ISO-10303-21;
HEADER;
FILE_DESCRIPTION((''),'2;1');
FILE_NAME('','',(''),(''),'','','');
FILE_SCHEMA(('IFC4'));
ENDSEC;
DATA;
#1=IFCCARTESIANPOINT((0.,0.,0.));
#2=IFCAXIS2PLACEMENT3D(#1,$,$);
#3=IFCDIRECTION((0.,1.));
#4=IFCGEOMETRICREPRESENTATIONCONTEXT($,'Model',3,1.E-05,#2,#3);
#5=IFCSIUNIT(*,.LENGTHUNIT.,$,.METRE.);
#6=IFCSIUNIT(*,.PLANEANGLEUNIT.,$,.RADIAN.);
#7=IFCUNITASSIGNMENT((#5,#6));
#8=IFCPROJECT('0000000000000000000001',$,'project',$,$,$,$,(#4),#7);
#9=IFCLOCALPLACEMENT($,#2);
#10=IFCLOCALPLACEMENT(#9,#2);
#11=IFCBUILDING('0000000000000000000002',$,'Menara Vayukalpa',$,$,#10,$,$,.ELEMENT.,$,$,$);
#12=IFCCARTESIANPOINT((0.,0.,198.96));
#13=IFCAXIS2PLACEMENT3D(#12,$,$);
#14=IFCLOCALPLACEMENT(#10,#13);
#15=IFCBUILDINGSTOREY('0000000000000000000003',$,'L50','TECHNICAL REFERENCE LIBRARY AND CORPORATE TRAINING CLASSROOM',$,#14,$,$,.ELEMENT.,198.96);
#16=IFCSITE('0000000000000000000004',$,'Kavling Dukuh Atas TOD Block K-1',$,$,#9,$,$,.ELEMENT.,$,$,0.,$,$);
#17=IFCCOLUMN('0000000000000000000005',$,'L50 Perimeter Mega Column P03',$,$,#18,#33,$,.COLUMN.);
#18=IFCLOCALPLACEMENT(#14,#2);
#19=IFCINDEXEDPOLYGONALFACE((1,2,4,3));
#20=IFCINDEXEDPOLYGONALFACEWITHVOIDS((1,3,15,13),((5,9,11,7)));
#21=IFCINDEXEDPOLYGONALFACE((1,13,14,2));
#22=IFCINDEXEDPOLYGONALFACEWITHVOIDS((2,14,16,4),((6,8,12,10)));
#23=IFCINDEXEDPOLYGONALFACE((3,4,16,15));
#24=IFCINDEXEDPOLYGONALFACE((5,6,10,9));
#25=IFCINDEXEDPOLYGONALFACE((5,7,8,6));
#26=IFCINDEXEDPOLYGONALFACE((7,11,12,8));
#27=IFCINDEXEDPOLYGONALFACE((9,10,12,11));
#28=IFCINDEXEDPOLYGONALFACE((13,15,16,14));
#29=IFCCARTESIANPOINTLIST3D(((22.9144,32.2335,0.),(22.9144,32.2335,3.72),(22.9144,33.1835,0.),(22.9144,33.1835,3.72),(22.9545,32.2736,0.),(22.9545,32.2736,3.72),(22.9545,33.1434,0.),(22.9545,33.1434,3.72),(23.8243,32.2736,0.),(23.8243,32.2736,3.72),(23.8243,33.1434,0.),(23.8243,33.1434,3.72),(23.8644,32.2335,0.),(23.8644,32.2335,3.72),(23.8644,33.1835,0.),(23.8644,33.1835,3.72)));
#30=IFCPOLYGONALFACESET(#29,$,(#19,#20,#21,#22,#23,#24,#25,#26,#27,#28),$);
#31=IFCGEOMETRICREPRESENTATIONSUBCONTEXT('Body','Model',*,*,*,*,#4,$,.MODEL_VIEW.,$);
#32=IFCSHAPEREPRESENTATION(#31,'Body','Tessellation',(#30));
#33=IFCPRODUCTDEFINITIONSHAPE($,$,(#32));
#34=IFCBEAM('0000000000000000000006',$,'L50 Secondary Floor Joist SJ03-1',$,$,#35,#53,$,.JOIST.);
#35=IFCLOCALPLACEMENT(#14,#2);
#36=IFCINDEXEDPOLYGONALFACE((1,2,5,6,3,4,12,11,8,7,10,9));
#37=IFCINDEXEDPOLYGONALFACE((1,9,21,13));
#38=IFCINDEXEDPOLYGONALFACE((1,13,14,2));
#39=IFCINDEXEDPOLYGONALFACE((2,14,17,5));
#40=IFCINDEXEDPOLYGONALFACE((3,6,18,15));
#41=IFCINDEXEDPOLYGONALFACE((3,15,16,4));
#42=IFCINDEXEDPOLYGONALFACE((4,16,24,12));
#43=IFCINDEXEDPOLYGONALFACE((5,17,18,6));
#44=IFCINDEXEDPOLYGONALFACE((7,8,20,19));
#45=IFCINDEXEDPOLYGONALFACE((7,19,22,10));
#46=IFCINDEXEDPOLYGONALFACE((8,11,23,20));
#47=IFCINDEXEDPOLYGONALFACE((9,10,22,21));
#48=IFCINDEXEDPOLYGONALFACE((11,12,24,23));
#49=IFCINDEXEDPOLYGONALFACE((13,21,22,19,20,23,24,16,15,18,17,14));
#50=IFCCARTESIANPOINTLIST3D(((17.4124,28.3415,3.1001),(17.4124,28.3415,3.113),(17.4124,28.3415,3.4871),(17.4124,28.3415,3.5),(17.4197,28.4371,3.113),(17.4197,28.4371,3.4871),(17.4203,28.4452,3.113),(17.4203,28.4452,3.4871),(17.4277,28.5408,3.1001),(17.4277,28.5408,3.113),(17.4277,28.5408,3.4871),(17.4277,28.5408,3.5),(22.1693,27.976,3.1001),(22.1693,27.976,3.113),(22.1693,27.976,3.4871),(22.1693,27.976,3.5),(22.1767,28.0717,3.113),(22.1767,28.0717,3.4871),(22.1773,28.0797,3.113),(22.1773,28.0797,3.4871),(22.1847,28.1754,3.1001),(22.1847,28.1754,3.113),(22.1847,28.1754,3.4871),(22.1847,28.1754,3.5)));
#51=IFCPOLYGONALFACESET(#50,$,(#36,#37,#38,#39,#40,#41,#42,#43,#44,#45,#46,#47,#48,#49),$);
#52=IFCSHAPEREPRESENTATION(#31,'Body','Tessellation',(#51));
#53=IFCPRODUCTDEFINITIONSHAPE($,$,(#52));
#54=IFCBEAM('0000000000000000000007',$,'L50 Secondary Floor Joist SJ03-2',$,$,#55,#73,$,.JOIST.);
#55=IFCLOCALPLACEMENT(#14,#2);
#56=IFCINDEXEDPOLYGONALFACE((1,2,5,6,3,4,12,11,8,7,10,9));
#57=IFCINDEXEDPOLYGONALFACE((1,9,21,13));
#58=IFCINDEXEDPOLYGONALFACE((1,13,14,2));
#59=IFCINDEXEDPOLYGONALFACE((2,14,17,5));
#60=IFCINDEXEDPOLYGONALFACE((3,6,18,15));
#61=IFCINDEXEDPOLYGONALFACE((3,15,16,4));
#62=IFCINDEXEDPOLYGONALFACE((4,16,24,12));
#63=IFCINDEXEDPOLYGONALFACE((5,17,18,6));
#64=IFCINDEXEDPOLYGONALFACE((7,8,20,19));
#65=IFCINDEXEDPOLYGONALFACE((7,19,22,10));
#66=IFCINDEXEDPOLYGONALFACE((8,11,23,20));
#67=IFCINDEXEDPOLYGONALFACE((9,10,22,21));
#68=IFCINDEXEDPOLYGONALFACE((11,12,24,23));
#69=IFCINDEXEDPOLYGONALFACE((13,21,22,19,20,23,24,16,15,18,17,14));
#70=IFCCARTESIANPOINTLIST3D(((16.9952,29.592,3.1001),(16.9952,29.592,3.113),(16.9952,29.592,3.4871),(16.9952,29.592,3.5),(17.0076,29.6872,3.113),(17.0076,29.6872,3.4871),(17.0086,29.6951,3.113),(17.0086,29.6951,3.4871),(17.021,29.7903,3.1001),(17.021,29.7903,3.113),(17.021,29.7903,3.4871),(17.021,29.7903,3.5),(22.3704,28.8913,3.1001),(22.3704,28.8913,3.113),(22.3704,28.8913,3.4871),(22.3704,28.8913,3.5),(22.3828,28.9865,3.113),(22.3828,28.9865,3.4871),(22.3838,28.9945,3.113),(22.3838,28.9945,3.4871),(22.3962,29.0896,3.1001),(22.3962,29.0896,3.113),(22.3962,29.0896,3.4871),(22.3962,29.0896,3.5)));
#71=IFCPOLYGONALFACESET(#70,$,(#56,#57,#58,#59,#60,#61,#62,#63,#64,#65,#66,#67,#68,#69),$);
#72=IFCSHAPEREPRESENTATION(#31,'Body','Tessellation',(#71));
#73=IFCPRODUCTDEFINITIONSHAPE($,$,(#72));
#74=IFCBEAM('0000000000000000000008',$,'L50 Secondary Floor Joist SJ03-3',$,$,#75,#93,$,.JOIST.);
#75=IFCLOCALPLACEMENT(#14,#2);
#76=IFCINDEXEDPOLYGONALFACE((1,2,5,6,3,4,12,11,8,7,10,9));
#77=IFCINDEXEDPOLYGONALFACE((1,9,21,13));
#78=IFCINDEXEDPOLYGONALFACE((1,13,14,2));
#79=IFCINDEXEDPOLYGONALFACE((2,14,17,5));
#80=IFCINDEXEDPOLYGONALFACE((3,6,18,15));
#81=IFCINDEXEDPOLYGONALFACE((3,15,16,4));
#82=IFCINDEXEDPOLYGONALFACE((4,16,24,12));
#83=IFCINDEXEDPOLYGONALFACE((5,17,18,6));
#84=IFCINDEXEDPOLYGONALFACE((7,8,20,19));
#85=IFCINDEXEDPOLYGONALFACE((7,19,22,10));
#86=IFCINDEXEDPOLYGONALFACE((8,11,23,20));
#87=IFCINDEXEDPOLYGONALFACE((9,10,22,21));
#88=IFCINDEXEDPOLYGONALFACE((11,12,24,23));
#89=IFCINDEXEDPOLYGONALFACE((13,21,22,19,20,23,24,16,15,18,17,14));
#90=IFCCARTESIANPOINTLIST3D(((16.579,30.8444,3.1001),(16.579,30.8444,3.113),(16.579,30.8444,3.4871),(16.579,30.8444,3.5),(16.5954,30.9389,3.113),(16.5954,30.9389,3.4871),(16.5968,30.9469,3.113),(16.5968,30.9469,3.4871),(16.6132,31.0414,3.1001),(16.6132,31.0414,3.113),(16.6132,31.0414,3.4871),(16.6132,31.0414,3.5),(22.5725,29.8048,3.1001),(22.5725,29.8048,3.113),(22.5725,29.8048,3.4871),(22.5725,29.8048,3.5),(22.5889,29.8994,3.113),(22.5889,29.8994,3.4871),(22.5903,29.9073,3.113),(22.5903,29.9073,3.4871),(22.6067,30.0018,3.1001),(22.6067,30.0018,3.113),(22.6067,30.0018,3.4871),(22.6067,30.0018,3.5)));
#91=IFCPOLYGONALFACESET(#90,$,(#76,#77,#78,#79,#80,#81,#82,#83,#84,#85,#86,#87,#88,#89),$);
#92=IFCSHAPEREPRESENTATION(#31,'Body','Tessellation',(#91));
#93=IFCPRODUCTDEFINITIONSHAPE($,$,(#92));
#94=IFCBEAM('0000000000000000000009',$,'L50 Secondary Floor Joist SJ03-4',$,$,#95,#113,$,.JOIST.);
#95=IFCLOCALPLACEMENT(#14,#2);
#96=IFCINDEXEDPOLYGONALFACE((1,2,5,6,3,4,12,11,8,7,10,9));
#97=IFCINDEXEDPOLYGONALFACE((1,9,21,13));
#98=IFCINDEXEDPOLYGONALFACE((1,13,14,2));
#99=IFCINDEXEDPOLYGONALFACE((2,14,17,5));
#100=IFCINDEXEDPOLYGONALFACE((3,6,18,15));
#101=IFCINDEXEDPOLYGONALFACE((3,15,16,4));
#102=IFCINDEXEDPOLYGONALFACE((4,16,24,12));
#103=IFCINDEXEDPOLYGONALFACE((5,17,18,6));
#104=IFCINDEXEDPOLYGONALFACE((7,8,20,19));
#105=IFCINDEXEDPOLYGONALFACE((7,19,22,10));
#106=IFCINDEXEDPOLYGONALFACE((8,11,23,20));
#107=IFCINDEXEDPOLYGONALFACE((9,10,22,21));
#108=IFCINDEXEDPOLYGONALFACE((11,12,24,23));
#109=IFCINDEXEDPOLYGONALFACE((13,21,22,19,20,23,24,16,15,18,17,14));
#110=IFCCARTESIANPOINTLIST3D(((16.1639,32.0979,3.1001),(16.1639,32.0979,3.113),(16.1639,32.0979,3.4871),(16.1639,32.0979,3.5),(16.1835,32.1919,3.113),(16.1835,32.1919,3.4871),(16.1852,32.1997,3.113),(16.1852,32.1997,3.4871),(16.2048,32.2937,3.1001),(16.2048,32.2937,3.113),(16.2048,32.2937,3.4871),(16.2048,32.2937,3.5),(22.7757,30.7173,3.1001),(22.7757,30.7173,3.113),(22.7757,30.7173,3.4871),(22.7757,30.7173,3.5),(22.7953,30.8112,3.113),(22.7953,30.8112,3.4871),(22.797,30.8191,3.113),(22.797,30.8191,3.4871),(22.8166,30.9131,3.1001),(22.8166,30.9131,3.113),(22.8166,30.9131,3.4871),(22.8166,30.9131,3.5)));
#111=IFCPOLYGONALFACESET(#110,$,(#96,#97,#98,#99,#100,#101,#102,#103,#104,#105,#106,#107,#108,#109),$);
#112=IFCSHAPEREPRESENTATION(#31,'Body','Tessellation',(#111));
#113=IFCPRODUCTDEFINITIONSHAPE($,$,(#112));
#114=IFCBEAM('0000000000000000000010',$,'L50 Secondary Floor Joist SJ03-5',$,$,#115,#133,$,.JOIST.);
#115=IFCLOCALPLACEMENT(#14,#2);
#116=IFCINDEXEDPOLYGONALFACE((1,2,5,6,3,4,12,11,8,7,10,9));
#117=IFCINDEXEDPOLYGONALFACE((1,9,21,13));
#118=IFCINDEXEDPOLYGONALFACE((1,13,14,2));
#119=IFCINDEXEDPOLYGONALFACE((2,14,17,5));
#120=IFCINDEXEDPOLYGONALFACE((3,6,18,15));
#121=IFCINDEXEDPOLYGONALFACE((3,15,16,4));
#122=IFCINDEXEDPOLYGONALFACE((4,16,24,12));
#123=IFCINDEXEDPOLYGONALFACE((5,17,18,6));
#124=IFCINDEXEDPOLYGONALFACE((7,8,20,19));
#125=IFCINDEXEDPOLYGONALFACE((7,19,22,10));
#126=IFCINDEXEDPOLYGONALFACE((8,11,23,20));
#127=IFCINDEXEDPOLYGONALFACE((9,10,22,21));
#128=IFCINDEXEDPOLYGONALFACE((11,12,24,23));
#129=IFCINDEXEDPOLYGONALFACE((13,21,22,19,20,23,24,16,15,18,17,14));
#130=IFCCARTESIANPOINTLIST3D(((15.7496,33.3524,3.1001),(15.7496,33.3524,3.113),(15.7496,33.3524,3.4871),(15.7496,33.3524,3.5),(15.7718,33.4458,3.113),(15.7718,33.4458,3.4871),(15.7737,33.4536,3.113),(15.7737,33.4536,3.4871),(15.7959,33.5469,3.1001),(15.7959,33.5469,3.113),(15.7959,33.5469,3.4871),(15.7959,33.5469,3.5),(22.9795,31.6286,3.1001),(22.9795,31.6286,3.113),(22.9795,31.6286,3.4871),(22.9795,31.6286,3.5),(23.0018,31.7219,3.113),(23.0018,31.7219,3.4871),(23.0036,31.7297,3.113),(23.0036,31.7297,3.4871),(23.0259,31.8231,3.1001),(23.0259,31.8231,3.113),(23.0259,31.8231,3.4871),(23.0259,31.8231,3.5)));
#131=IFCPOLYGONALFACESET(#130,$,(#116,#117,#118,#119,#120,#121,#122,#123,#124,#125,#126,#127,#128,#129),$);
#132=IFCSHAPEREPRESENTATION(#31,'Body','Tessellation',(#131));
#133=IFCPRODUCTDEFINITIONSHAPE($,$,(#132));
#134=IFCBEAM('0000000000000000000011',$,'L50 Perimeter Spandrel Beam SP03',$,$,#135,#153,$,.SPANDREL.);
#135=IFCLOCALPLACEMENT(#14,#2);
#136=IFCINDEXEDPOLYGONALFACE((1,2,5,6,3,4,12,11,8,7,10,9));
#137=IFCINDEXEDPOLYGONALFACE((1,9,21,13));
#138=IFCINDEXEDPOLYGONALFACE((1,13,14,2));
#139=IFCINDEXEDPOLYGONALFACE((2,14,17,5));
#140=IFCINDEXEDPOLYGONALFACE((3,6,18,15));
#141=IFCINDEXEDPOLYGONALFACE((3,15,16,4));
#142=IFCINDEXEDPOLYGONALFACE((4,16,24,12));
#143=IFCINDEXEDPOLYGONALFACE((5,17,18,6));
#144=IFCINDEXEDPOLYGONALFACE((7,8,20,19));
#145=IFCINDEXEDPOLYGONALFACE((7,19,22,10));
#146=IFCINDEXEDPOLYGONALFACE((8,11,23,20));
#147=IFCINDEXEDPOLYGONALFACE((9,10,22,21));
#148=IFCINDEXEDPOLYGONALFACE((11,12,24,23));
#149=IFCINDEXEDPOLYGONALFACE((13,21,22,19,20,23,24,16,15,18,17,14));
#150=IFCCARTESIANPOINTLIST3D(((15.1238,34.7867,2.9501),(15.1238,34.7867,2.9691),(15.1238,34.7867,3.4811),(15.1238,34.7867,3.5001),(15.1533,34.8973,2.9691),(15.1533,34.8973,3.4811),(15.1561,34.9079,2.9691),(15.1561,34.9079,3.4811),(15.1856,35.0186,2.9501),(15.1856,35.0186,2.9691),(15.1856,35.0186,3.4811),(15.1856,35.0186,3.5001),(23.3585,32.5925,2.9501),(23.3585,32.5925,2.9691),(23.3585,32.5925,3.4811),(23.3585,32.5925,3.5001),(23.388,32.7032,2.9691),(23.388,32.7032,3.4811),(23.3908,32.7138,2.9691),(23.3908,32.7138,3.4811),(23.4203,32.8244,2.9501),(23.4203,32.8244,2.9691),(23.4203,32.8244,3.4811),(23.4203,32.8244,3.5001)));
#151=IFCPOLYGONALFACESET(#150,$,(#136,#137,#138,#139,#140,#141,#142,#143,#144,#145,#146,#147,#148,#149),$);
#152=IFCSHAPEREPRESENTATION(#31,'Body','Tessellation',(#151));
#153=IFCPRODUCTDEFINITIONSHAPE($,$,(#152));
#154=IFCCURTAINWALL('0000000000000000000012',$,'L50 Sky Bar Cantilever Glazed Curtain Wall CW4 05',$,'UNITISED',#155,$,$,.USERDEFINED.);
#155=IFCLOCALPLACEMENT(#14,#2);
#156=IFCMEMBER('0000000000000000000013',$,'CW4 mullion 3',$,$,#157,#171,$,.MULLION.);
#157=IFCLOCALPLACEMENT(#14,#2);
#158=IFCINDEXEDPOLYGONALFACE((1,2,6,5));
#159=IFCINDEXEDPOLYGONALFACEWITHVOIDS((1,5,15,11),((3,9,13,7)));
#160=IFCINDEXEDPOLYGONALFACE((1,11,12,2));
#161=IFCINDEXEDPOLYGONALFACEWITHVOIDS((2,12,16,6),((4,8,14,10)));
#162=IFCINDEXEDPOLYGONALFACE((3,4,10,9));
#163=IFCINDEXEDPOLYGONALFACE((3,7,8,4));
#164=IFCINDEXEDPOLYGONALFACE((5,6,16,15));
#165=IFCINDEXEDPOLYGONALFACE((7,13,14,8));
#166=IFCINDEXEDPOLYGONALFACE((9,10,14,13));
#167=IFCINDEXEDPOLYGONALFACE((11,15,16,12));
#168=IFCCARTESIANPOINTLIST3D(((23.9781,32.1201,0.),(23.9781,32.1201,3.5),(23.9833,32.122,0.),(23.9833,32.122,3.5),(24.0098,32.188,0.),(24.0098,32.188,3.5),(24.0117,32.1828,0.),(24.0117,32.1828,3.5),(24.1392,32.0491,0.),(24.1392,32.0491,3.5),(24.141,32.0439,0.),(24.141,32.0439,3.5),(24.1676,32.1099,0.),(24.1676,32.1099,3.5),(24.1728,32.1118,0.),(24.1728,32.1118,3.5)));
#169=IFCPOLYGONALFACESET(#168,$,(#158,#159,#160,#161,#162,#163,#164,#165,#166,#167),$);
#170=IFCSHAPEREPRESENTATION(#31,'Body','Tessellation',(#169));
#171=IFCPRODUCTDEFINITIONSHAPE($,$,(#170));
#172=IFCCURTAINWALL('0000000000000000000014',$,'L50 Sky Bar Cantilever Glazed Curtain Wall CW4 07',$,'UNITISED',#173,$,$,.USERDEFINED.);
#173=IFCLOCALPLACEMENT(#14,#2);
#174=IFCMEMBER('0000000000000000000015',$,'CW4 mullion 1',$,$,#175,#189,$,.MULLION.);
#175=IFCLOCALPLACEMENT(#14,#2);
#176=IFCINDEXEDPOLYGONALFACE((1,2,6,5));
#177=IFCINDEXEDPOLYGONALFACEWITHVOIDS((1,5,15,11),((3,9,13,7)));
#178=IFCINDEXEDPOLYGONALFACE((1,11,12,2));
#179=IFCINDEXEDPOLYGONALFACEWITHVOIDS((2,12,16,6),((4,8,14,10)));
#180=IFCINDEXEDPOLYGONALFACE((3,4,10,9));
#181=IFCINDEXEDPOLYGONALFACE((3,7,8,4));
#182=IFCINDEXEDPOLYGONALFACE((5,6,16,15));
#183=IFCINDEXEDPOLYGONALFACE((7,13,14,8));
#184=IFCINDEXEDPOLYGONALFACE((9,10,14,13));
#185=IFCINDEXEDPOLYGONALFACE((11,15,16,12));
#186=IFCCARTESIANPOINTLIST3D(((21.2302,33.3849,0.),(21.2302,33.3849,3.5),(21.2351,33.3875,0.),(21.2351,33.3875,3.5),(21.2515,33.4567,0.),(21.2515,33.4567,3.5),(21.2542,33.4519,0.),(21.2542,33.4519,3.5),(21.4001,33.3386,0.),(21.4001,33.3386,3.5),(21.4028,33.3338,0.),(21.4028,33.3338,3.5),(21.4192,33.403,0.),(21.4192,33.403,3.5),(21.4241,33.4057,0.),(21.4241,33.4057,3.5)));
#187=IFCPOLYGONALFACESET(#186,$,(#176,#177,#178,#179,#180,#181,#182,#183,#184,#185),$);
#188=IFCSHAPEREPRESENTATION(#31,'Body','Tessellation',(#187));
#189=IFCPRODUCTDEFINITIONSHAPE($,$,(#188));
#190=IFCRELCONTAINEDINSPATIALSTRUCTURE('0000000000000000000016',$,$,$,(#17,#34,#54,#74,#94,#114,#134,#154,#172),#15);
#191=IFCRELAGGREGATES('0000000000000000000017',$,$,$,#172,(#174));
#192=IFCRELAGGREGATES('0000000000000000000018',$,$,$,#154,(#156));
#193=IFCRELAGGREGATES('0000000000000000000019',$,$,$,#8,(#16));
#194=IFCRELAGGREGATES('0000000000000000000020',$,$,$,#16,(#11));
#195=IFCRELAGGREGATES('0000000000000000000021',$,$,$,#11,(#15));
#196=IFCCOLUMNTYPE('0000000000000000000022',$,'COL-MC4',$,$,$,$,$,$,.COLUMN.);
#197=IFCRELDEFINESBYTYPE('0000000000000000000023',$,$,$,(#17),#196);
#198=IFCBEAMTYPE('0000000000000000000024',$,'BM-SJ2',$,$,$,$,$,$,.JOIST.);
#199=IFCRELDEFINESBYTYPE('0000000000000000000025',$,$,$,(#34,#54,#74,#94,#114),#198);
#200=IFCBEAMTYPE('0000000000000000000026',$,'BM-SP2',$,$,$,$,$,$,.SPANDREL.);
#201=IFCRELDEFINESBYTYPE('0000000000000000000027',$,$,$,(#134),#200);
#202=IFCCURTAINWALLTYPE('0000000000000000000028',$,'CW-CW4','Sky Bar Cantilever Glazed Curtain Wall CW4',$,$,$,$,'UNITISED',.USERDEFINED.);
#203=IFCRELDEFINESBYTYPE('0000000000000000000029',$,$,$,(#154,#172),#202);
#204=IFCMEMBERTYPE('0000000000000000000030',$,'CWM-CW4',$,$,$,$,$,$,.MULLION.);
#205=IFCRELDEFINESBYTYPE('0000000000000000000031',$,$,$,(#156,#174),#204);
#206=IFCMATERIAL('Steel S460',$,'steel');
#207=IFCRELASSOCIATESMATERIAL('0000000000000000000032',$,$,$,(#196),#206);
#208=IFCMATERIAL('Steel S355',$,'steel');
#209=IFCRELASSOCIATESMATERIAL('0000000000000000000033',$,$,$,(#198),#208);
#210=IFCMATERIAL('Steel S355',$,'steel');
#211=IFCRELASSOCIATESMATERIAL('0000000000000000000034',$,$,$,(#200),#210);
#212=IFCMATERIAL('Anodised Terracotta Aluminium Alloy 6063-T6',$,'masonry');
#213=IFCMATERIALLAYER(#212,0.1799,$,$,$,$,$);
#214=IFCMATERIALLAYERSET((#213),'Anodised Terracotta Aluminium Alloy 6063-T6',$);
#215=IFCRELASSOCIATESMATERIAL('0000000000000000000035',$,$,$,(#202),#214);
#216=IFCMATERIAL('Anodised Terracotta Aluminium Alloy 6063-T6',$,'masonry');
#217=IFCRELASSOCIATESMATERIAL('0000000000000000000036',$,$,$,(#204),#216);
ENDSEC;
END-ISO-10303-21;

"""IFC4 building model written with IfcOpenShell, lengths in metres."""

from ifc_helpers import new_model, si_unit, direction, frame, origin, origin_2d, place, context, subcontext, project, spatial, hollow_rectangle, i_section, extrude, material, layer, layer_set, material_profile, profile_set, type_object, element, aggregate, save


model = new_model("IFC4")

# Units and contexts
model_context = context("Model", 3, precision=1e-05, world=origin(), true_north=direction((0.0, 1.0)))
body_context = subcontext(model_context, "Body", "Model", "MODEL_VIEW")
ifc_project = project(units=[si_unit("LENGTHUNIT", "METRE"), si_unit("PLANEANGLEUNIT", "RADIAN")], contexts=[model_context])

# Site, building, storey
site_placement = place(None, origin())
site = spatial("IfcSite", under=ifc_project, at=site_placement, Name="Kavling Dukuh Atas TOD Block K-1", CompositionType="ELEMENT", RefElevation=0.0)
building_placement = place(site_placement, origin())
building = spatial("IfcBuilding", under=site, at=building_placement, Name="Menara Vayukalpa", CompositionType="ELEMENT")
storey_placement = place(building_placement, frame((0.0, 0.0, 198.96)))
storey = spatial("IfcBuildingStorey", under=building, at=storey_placement, Name="L50", Description="TECHNICAL REFERENCE LIBRARY AND CORPORATE TRAINING CLASSROOM", CompositionType="ELEMENT", Elevation=198.96)

# Column
ifc_material_1 = material(Name="Steel S460", Category="steel")
ifc_material_profile_1 = material_profile(ifc_material_1, hollow_rectangle(XDim=0.95, YDim=0.95, WallThickness=0.04, at=origin_2d()), Name="BOX 950x950x40")
ifc_profile_set_1 = profile_set([ifc_material_profile_1], Name="Steel S460")
column_type = type_object("IfcColumnType", Name="COL-MC4", PredefinedType="COLUMN", material=ifc_profile_set_1)
column_placement = place(storey_placement, frame((23.3894, 32.7085, 0.0), z_axis=(0.0, 0.0, 1.0), x_axis=(1.0, 0.0, 0.0)))
element("IfcColumn", 1, at=column_placement, inside=storey, type_object=column_type, Name="L50 Perimeter Mega Column P03", PredefinedType="COLUMN", context=body_context, shape_type="SweptSolid", body=[
    extrude(hollow_rectangle(XDim=0.95, YDim=0.95, WallThickness=0.04, at=origin_2d()), origin(), (0.0, 0.0, 1.0), 3.72),
])

# Beams
ifc_material_2 = material(Name="Steel S355", Category="steel")
ifc_material_profile_2 = material_profile(ifc_material_2, i_section(OverallWidth=0.2, OverallDepth=0.3999, WebThickness=0.0081, FlangeThickness=0.0129, at=origin_2d()), Name="WF 400x200x8x13")
ifc_profile_set_2 = profile_set([ifc_material_profile_2], Name="Steel S355")
beam_type_1 = type_object("IfcBeamType", Name="BM-SJ2", PredefinedType="JOIST", material=ifc_profile_set_2)
beam_1_placement = place(storey_placement, frame((22.177, 28.0757, 3.3), z_axis=(-0.997062, 0.076603, 0.0), x_axis=(-0.076603, -0.997062, 0.0)))
element("IfcBeam", 2, at=beam_1_placement, inside=storey, type_object=beam_type_1, Name="L50 Secondary Floor Joist SJ03-1", PredefinedType="JOIST", context=body_context, shape_type="SweptSolid", body=[
    extrude(i_section(OverallWidth=0.2, OverallDepth=0.3999, WebThickness=0.0081, FlangeThickness=0.0129, at=origin_2d()), origin(), (0.0, 0.0, 1.0), 4.771),
])
beam_2_placement = place(storey_placement, frame((22.3833, 28.9905, 3.3), z_axis=(-0.991611, 0.12926, 0.0), x_axis=(-0.12926, -0.991611, 0.0)))
element("IfcBeam", 3, at=beam_2_placement, inside=storey, type_object=beam_type_1, Name="L50 Secondary Floor Joist SJ03-2", PredefinedType="JOIST", context=body_context, shape_type="SweptSolid", body=[
    extrude(i_section(OverallWidth=0.2, OverallDepth=0.3999, WebThickness=0.0081, FlangeThickness=0.0129, at=origin_2d()), origin(), (0.0, 0.0, 1.0), 5.4207),
])
beam_3_placement = place(storey_placement, frame((22.5896, 29.9033, 3.3), z_axis=(-0.985289, 0.170897, 0.0), x_axis=(-0.170897, -0.985289, 0.0)))
element("IfcBeam", 4, at=beam_3_placement, inside=storey, type_object=beam_type_1, Name="L50 Secondary Floor Joist SJ03-3", PredefinedType="JOIST", context=body_context, shape_type="SweptSolid", body=[
    extrude(i_section(OverallWidth=0.2, OverallDepth=0.3999, WebThickness=0.0081, FlangeThickness=0.0129, at=origin_2d()), origin(), (0.0, 0.0, 1.0), 6.083),
])
beam_4_placement = place(storey_placement, frame((22.7961, 30.8152, 3.3), z_axis=(-0.978887, 0.204402, 0.0), x_axis=(-0.204402, -0.978887, 0.0)))
element("IfcBeam", 5, at=beam_4_placement, inside=storey, type_object=beam_type_1, Name="L50 Secondary Floor Joist SJ03-4", PredefinedType="JOIST", context=body_context, shape_type="SweptSolid", body=[
    extrude(i_section(OverallWidth=0.2, OverallDepth=0.3999, WebThickness=0.0081, FlangeThickness=0.0129, at=origin_2d()), origin(), (0.0, 0.0, 1.0), 6.7544),
])
beam_5_placement = place(storey_placement, frame((23.0027, 31.7258, 3.3), z_axis=(-0.972732, 0.231933, 0.0), x_axis=(-0.231933, -0.972732, 0.0)))
element("IfcBeam", 6, at=beam_5_placement, inside=storey, type_object=beam_type_1, Name="L50 Secondary Floor Joist SJ03-5", PredefinedType="JOIST", context=body_context, shape_type="SweptSolid", body=[
    extrude(i_section(OverallWidth=0.2, OverallDepth=0.3999, WebThickness=0.0081, FlangeThickness=0.0129, at=origin_2d()), origin(), (0.0, 0.0, 1.0), 7.4326),
])
ifc_material_3 = material(Name="Steel S355", Category="steel")
ifc_material_profile_3 = material_profile(ifc_material_3, i_section(OverallWidth=0.24, OverallDepth=0.55, WebThickness=0.011, FlangeThickness=0.019, at=origin_2d()), Name="WF 550x240x11x19")
ifc_profile_set_3 = profile_set([ifc_material_profile_3], Name="Steel S355")
beam_type_2 = type_object("IfcBeamType", Name="BM-SP2", PredefinedType="SPANDREL", material=ifc_profile_set_3)
beam_6_placement = place(storey_placement, frame((23.3894, 32.7085, 3.2251), z_axis=(-0.966288, 0.257465, 0.0), x_axis=(-0.257465, -0.966288, 0.0)))
element("IfcBeam", 7, at=beam_6_placement, inside=storey, type_object=beam_type_2, Name="L50 Perimeter Spandrel Beam SP03", PredefinedType="SPANDREL", context=body_context, shape_type="SweptSolid", body=[
    extrude(i_section(OverallWidth=0.24, OverallDepth=0.55, WebThickness=0.011, FlangeThickness=0.019, at=origin_2d()), origin(), (0.0, 0.0, 1.0), 8.522),
])

# Curtain walls, members
ifc_material_4 = material(Name="Anodised Terracotta Aluminium Alloy 6063-T6", Category="masonry")
ifc_layer_1 = layer(ifc_material_4, 0.1799)
ifc_layer_set_1 = layer_set([ifc_layer_1], Name="Anodised Terracotta Aluminium Alloy 6063-T6")
curtain_wall_type = type_object("IfcCurtainWallType", Name="CW-CW4", Description="Sky Bar Cantilever Glazed Curtain Wall CW4", ElementType="UNITISED", PredefinedType="USERDEFINED", material=ifc_layer_set_1)
curtain_wall_1_placement = place(storey_placement, origin())
curtain_wall_1 = element("IfcCurtainWall", 8, at=curtain_wall_1_placement, inside=storey, type_object=curtain_wall_type, Name="L50 Sky Bar Cantilever Glazed Curtain Wall CW4 05", ObjectType="UNITISED", PredefinedType="USERDEFINED")
ifc_material_5 = material(Name="Anodised Terracotta Aluminium Alloy 6063-T6", Category="masonry")
ifc_material_profile_4 = material_profile(ifc_material_5, hollow_rectangle(XDim=0.075, YDim=0.1799, WallThickness=0.0039, at=origin_2d()), Name="ALU 75x180x4")
ifc_profile_set_4 = profile_set([ifc_material_profile_4], Name="Anodised Terracotta Aluminium Alloy 6063-T6")
member_type_1 = type_object("IfcMemberType", Name="CWM-CW4", PredefinedType="MULLION", material=ifc_profile_set_4)
member_1_placement = place(storey_placement, frame((24.0754, 32.116, 0.0), z_axis=(0.0, 0.0, 1.0), x_axis=(-0.423744, -0.905782, 0.0)))
member_1 = element("IfcMember", 9, at=member_1_placement, type_object=member_type_1, Name="CW4 mullion 3", PredefinedType="MULLION", context=body_context, shape_type="SweptSolid", body=[
    extrude(hollow_rectangle(XDim=0.075, YDim=0.1799, WallThickness=0.0039, at=origin_2d()), origin(), (0.0, 0.0, 1.0), 3.5),
])
curtain_wall_2_placement = place(storey_placement, origin())
curtain_wall_2 = element("IfcCurtainWall", 10, at=curtain_wall_2_placement, inside=storey, type_object=curtain_wall_type, Name="L50 Sky Bar Cantilever Glazed Curtain Wall CW4 07", ObjectType="UNITISED", PredefinedType="USERDEFINED")
member_2_placement = place(storey_placement, frame((21.3271, 33.3953, 0.0), z_axis=(0.0, 0.0, 1.0), x_axis=(-0.283894, -0.958856, 0.0)))
member_2 = element("IfcMember", 11, at=member_2_placement, type_object=member_type_1, Name="CW4 mullion 1", PredefinedType="MULLION", context=body_context, shape_type="SweptSolid", body=[
    extrude(hollow_rectangle(XDim=0.075, YDim=0.1799, WallThickness=0.0039, at=origin_2d()), origin(), (0.0, 0.0, 1.0), 3.5),
])

aggregate(curtain_wall_2, [member_2])

aggregate(curtain_wall_1, [member_1])

save(model, "model.ifc")
